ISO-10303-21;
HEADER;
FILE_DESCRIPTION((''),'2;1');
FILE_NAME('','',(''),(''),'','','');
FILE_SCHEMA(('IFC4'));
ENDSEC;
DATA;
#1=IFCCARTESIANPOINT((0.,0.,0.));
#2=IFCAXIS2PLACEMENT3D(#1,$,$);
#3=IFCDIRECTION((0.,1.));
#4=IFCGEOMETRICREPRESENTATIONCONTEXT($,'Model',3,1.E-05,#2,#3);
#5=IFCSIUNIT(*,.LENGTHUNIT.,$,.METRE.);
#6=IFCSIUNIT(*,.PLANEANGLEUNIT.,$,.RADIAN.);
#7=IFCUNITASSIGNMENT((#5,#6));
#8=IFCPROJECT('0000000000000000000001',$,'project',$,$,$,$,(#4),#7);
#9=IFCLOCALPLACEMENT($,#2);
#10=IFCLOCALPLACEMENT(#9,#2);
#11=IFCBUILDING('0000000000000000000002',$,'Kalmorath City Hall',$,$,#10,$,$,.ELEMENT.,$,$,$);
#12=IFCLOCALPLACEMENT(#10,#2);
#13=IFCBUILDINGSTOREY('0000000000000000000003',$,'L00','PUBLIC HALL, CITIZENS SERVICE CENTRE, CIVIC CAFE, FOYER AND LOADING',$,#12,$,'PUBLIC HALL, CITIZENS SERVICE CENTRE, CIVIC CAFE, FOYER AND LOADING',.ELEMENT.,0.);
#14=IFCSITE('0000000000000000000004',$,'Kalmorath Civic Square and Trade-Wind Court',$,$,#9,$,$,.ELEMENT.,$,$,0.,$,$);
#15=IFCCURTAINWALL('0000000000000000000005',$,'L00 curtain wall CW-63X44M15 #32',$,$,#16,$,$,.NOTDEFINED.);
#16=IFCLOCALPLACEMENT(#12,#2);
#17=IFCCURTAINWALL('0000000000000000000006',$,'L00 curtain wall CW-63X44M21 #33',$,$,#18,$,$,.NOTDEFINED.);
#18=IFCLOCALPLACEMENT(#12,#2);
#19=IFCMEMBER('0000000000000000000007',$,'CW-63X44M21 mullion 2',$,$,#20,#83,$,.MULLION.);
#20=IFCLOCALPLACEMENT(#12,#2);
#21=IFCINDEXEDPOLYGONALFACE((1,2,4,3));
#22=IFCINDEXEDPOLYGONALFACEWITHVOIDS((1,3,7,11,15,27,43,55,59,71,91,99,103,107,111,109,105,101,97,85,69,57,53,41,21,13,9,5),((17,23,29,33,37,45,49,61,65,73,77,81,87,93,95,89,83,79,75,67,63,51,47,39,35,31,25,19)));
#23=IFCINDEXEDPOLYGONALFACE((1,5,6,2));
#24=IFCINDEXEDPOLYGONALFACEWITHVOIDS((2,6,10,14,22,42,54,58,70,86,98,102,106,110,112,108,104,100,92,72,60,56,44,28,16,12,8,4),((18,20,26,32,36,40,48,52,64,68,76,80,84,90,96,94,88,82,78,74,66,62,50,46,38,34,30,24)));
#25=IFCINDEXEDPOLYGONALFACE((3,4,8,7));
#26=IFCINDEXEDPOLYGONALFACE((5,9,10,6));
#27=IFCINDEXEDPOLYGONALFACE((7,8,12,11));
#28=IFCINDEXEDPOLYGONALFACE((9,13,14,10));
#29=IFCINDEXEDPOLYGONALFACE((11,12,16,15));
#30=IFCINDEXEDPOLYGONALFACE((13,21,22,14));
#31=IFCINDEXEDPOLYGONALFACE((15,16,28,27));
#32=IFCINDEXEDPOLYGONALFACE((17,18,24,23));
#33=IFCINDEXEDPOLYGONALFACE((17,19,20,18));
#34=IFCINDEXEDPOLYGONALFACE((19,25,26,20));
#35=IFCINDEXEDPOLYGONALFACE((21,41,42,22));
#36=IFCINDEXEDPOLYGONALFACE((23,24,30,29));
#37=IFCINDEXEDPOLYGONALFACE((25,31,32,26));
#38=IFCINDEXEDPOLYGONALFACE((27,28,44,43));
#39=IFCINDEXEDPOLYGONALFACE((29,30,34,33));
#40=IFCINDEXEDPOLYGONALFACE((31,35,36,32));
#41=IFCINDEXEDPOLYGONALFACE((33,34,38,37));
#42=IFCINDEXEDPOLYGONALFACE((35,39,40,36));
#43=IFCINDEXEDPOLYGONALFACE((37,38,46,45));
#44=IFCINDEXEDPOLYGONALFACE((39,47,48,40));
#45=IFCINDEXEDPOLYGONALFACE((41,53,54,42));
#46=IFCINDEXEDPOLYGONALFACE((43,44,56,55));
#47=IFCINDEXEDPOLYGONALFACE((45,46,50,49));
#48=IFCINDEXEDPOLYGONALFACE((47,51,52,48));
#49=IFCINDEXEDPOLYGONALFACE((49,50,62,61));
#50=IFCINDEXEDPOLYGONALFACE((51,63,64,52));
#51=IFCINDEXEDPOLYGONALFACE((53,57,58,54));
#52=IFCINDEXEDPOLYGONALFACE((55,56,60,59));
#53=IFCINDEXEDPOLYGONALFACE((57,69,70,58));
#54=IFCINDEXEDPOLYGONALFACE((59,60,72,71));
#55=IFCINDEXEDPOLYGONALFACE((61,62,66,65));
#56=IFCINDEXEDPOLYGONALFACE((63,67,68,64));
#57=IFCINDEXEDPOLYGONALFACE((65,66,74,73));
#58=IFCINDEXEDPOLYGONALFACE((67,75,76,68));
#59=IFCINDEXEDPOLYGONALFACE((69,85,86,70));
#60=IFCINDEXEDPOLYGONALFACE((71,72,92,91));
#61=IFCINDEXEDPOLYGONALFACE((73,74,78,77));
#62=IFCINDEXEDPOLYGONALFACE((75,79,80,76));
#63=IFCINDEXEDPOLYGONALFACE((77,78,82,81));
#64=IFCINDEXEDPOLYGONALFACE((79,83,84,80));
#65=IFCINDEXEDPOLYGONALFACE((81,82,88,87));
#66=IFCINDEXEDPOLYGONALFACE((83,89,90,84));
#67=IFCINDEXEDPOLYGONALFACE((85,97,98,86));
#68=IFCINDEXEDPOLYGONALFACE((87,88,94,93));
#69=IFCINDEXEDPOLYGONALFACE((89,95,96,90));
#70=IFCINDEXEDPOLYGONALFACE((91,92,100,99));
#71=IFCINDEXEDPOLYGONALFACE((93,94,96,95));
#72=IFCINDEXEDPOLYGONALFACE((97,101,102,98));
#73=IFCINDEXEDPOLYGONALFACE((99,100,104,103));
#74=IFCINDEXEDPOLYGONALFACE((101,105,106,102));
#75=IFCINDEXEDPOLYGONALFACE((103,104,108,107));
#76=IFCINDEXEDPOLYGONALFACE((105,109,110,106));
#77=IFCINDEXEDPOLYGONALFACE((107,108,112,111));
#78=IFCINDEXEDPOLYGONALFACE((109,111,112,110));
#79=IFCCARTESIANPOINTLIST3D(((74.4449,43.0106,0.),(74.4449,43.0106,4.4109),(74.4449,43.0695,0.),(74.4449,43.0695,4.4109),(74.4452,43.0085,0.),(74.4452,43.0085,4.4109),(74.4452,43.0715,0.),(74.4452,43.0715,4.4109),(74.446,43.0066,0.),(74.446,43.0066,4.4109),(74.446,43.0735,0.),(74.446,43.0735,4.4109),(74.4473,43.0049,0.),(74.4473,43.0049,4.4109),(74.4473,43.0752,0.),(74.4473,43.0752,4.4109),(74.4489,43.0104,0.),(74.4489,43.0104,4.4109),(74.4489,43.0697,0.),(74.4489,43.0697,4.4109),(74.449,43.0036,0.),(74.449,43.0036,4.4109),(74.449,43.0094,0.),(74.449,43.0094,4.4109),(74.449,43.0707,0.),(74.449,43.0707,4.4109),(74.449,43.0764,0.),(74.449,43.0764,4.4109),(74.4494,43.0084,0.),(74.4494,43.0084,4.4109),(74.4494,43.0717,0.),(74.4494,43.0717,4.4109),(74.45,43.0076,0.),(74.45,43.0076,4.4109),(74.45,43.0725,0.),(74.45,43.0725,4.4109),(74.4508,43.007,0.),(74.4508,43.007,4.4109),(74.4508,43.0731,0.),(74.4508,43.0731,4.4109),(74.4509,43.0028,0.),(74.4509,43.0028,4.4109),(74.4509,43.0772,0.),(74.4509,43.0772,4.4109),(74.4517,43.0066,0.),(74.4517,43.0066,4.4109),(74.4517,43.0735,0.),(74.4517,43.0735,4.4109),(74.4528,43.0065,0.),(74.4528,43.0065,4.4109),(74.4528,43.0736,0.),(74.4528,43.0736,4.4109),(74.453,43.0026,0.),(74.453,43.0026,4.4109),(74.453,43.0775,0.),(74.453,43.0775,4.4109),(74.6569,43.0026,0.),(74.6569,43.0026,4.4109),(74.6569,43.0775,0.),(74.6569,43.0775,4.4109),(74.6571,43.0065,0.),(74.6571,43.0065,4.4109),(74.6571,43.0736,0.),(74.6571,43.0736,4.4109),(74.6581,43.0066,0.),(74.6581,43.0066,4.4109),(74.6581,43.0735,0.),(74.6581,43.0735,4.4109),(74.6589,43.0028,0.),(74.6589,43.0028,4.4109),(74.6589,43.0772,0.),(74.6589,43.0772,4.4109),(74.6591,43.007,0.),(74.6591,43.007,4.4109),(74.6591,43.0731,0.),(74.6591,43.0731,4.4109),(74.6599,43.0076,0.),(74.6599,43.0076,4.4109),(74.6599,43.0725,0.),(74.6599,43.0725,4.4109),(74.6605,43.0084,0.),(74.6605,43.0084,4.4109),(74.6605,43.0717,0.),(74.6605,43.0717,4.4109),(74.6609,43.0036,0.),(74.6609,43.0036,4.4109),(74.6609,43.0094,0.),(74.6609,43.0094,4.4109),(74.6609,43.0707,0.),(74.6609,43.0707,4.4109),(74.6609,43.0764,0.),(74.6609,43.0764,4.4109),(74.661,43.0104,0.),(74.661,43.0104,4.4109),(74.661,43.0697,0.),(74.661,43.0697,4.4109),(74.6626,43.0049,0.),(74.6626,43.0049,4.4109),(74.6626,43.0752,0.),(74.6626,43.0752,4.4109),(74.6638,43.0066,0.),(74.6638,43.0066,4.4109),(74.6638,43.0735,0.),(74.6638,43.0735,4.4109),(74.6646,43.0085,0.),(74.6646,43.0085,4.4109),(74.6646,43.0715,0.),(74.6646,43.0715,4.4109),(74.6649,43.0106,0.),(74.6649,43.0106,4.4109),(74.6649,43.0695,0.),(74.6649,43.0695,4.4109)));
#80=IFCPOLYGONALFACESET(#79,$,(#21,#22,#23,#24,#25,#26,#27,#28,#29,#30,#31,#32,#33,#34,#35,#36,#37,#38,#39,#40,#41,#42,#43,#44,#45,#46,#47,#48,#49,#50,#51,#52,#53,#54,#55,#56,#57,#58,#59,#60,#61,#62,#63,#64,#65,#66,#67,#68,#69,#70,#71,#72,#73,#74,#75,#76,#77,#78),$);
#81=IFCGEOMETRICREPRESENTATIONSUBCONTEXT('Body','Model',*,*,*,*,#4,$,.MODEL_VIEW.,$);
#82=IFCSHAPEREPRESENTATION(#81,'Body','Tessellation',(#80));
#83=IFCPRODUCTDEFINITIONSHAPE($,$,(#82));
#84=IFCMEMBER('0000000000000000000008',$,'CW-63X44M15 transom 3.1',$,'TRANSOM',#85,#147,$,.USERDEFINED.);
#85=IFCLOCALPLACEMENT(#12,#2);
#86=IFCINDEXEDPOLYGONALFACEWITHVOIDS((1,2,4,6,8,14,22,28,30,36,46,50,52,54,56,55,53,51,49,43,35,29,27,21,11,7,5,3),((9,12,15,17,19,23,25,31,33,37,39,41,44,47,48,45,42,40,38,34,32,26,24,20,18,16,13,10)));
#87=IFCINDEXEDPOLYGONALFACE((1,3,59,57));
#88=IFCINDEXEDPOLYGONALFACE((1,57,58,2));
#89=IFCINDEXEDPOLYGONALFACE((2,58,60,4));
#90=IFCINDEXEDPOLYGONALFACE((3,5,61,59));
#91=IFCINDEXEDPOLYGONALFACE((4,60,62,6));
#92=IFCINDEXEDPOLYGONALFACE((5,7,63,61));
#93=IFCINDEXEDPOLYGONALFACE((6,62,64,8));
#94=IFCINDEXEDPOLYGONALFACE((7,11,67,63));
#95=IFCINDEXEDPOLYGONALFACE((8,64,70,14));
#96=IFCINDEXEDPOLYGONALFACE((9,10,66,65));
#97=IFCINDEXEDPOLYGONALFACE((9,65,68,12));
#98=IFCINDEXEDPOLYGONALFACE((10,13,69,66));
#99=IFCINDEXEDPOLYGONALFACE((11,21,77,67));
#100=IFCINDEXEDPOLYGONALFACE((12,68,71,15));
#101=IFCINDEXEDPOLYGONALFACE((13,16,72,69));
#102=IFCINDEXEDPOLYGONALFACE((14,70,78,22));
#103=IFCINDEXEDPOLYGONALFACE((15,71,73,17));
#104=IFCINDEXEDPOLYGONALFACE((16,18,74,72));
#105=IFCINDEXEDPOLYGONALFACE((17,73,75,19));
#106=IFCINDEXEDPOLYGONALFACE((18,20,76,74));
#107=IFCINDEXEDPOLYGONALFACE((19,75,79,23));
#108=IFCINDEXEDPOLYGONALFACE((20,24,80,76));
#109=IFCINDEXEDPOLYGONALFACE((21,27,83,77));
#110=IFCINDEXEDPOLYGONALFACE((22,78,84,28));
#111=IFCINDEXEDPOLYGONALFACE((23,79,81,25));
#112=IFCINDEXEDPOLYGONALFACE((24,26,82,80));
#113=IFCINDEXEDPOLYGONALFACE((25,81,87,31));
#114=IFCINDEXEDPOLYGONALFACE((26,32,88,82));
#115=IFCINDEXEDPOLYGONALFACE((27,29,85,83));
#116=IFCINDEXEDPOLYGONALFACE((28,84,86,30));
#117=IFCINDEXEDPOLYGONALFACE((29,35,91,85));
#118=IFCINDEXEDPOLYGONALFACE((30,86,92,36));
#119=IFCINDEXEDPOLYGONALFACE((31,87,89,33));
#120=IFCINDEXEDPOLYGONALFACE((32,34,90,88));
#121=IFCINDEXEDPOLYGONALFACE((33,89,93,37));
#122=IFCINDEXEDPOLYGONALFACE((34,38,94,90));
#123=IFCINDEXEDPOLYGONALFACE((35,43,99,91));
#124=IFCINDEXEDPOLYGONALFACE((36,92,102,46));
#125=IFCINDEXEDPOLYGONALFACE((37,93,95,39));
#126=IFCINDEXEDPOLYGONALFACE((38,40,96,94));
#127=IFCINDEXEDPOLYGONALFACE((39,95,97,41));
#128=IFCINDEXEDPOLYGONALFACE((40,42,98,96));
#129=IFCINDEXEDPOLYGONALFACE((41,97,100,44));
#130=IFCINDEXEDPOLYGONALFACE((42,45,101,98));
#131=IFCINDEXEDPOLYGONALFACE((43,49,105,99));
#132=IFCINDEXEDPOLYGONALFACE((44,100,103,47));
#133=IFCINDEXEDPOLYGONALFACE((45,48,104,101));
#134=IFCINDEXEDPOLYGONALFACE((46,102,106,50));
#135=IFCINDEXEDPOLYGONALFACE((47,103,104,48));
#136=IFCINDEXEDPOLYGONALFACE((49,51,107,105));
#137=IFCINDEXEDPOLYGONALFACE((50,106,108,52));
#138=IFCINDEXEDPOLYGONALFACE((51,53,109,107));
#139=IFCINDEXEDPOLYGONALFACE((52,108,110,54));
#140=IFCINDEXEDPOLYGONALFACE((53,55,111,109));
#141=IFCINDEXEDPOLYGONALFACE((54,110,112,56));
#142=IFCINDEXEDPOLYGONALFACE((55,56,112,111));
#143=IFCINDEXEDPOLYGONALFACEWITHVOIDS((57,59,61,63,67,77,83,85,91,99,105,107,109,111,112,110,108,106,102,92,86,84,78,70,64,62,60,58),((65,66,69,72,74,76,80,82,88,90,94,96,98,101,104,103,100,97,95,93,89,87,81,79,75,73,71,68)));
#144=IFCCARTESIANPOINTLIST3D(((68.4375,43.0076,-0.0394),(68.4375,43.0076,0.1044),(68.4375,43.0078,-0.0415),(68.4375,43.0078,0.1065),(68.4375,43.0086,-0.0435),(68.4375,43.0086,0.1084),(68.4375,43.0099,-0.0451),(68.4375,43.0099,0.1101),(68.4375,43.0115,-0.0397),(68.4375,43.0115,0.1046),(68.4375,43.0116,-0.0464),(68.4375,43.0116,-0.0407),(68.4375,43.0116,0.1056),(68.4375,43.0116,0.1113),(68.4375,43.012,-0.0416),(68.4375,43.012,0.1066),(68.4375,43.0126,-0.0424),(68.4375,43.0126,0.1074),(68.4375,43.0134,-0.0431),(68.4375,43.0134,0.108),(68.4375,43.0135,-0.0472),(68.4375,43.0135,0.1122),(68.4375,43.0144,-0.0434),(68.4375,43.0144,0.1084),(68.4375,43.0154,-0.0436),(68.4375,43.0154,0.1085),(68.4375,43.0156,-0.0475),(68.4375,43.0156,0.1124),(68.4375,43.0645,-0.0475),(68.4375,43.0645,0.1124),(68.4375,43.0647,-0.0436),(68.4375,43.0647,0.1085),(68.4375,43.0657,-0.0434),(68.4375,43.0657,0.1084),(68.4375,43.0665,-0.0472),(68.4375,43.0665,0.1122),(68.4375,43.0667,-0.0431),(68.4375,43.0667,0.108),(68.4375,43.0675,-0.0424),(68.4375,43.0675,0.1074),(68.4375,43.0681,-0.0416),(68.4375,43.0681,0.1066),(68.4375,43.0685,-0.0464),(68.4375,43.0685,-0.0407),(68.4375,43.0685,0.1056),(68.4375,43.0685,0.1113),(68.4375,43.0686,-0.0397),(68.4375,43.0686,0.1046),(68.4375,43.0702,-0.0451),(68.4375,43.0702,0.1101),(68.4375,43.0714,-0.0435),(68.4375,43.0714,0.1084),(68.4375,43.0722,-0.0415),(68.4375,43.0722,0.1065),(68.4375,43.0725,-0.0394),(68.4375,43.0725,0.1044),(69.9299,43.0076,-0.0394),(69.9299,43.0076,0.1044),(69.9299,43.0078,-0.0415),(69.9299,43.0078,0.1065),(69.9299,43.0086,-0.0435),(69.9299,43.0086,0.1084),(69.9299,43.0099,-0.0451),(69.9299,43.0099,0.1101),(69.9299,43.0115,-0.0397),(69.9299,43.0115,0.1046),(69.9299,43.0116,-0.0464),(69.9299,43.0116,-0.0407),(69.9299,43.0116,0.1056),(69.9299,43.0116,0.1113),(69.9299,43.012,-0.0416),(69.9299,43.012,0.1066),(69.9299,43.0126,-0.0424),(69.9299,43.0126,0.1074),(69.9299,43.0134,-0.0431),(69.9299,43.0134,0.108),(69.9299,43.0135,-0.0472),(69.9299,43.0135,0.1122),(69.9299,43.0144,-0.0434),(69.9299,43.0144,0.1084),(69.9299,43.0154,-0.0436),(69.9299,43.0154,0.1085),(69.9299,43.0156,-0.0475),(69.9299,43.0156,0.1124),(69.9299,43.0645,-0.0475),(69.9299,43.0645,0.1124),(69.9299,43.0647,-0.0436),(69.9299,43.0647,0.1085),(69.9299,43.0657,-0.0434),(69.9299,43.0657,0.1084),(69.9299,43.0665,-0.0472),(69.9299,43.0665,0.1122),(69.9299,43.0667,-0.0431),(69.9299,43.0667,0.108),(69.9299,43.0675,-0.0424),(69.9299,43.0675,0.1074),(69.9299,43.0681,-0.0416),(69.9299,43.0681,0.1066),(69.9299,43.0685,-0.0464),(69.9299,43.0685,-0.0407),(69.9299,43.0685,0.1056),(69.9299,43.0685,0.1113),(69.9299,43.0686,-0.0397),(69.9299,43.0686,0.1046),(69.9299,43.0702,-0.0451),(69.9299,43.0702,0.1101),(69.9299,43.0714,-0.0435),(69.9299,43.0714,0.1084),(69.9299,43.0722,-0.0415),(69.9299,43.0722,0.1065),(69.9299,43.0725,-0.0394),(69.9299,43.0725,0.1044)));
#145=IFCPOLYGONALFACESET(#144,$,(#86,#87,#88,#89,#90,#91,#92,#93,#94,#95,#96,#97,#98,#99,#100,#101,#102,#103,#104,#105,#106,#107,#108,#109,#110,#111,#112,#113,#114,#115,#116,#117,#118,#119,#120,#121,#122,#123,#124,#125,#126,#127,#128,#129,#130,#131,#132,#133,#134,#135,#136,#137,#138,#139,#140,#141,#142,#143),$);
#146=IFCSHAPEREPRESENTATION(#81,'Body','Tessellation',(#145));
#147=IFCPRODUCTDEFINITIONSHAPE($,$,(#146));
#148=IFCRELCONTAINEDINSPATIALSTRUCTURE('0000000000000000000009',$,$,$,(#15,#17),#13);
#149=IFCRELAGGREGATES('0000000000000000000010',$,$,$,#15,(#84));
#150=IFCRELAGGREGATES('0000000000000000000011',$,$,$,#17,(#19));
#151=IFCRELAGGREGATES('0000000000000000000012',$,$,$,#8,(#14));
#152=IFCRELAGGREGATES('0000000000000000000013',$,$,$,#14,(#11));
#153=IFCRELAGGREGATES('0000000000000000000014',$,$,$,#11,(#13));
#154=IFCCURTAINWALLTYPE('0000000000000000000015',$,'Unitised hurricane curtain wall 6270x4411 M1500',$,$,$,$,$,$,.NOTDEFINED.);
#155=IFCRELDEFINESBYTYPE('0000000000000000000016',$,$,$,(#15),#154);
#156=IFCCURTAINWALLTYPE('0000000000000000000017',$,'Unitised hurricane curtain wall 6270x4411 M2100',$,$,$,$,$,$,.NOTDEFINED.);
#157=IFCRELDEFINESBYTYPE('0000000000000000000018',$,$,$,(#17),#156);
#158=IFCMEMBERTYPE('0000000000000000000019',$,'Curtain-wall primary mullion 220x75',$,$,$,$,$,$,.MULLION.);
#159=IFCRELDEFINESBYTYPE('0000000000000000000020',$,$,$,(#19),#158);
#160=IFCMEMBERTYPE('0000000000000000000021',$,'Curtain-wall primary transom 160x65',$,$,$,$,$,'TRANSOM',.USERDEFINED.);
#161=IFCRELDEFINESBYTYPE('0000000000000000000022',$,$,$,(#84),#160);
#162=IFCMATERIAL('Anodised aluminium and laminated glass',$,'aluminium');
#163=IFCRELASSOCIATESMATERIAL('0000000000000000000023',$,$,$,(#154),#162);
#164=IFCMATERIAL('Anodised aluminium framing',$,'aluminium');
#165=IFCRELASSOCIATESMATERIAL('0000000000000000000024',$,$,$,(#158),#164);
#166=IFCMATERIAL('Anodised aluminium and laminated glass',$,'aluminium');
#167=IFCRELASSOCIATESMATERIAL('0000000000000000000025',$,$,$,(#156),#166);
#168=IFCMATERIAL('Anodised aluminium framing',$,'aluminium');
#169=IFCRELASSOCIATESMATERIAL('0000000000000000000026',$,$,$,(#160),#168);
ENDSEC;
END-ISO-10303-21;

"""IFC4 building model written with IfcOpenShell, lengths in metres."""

from ifc_helpers import new_model, si_unit, direction, frame, origin, origin_2d, place, context, subcontext, project, spatial, hollow_rectangle, extrude, material, material_profile, profile_set, type_object, element, aggregate, save


model = new_model("IFC4")

# Units and contexts
model_context = context("Model", 3, precision=1e-05, world=origin(), true_north=direction((0.0, 1.0)))
body_context = subcontext(model_context, "Body", "Model", "MODEL_VIEW")
ifc_project = project(units=[si_unit("LENGTHUNIT", "METRE"), si_unit("PLANEANGLEUNIT", "RADIAN")], contexts=[model_context])

# Site, building, storey
site_placement = place(None, origin())
site = spatial("IfcSite", under=ifc_project, at=site_placement, Name="Kalmorath Civic Square and Trade-Wind Court", CompositionType="ELEMENT", RefElevation=0.0)
building_placement = place(site_placement, origin())
building = spatial("IfcBuilding", under=site, at=building_placement, Name="Kalmorath City Hall", CompositionType="ELEMENT")
storey_placement = place(building_placement, origin())
storey = spatial("IfcBuildingStorey", under=building, at=storey_placement, Name="L00", Description="PUBLIC HALL, CITIZENS SERVICE CENTRE, CIVIC CAFE, FOYER AND LOADING", LongName="PUBLIC HALL, CITIZENS SERVICE CENTRE, CIVIC CAFE, FOYER AND LOADING", CompositionType="ELEMENT", Elevation=0.0)

# Curtain walls, member
ifc_material_1 = material(Name="Anodised aluminium and laminated glass", Category="aluminium")
curtain_wall_type_1 = type_object("IfcCurtainWallType", Name="Unitised hurricane curtain wall 6270x4411 M1500", PredefinedType="NOTDEFINED", material=ifc_material_1)
curtain_wall_1_placement = place(storey_placement, origin())
curtain_wall_1 = element("IfcCurtainWall", 1, at=curtain_wall_1_placement, inside=storey, type_object=curtain_wall_type_1, Name="L00 curtain wall CW-63X44M15 #32", PredefinedType="NOTDEFINED")
ifc_material_2 = material(Name="Anodised aluminium framing", Category="aluminium")
ifc_material_profile_1 = material_profile(ifc_material_2, hollow_rectangle(XDim=0.075, YDim=0.22, WallThickness=0.0039, InnerFilletRadius=0.0039, OuterFilletRadius=0.0081, at=origin_2d()), Name="ALU-MUL-220X75X4")
ifc_profile_set_1 = profile_set([ifc_material_profile_1], Name="Anodised aluminium framing")
member_type_1 = type_object("IfcMemberType", Name="Curtain-wall primary mullion 220x75", PredefinedType="MULLION", material=ifc_profile_set_1)
ifc_material_3 = material(Name="Anodised aluminium and laminated glass", Category="aluminium")
curtain_wall_type_2 = type_object("IfcCurtainWallType", Name="Unitised hurricane curtain wall 6270x4411 M2100", PredefinedType="NOTDEFINED", material=ifc_material_3)
curtain_wall_2_placement = place(storey_placement, origin())
curtain_wall_2 = element("IfcCurtainWall", 2, at=curtain_wall_2_placement, inside=storey, type_object=curtain_wall_type_2, Name="L00 curtain wall CW-63X44M21 #33", PredefinedType="NOTDEFINED")
member_1_placement = place(storey_placement, frame((74.5549, 43.04, 0.0), z_axis=(0.0, 0.0, 1.0), x_axis=(0.0, 1.0, 0.0)))
member_1 = element("IfcMember", 3, at=member_1_placement, type_object=member_type_1, Name="CW-63X44M21 mullion 2", PredefinedType="MULLION", context=body_context, shape_type="SweptSolid", body=[
    extrude(hollow_rectangle(XDim=0.075, YDim=0.22, WallThickness=0.0039, InnerFilletRadius=0.0039, OuterFilletRadius=0.0081, at=origin_2d()), origin(), (0.0, 0.0, 1.0), 4.4109),
])

# Member
ifc_material_4 = material(Name="Anodised aluminium framing", Category="aluminium")
ifc_material_profile_2 = material_profile(ifc_material_4, hollow_rectangle(XDim=0.0649, YDim=0.1599, WallThickness=0.0039, InnerFilletRadius=0.0039, OuterFilletRadius=0.0081, at=origin_2d()), Name="ALU-TRN-160X65X4")
ifc_profile_set_2 = profile_set([ifc_material_profile_2], Name="Anodised aluminium framing")
member_type_2 = type_object("IfcMemberType", Name="Curtain-wall primary transom 160x65", ElementType="TRANSOM", PredefinedType="USERDEFINED", material=ifc_profile_set_2)
member_2_placement = place(storey_placement, frame((68.4375, 43.04, 0.0325), z_axis=(1.0, 0.0, 0.0), x_axis=(0.0, 1.0, 0.0)))
member_2 = element("IfcMember", 4, at=member_2_placement, type_object=member_type_2, Name="CW-63X44M15 transom 3.1", ObjectType="TRANSOM", PredefinedType="USERDEFINED", context=body_context, shape_type="SweptSolid", body=[
    extrude(hollow_rectangle(XDim=0.0649, YDim=0.1599, WallThickness=0.0039, InnerFilletRadius=0.0039, OuterFilletRadius=0.0081, at=origin_2d()), origin(), (0.0, 0.0, 1.0), 1.4924),
])

aggregate(curtain_wall_1, [member_2])
aggregate(curtain_wall_2, [member_1])

save(model, "model.ifc")
